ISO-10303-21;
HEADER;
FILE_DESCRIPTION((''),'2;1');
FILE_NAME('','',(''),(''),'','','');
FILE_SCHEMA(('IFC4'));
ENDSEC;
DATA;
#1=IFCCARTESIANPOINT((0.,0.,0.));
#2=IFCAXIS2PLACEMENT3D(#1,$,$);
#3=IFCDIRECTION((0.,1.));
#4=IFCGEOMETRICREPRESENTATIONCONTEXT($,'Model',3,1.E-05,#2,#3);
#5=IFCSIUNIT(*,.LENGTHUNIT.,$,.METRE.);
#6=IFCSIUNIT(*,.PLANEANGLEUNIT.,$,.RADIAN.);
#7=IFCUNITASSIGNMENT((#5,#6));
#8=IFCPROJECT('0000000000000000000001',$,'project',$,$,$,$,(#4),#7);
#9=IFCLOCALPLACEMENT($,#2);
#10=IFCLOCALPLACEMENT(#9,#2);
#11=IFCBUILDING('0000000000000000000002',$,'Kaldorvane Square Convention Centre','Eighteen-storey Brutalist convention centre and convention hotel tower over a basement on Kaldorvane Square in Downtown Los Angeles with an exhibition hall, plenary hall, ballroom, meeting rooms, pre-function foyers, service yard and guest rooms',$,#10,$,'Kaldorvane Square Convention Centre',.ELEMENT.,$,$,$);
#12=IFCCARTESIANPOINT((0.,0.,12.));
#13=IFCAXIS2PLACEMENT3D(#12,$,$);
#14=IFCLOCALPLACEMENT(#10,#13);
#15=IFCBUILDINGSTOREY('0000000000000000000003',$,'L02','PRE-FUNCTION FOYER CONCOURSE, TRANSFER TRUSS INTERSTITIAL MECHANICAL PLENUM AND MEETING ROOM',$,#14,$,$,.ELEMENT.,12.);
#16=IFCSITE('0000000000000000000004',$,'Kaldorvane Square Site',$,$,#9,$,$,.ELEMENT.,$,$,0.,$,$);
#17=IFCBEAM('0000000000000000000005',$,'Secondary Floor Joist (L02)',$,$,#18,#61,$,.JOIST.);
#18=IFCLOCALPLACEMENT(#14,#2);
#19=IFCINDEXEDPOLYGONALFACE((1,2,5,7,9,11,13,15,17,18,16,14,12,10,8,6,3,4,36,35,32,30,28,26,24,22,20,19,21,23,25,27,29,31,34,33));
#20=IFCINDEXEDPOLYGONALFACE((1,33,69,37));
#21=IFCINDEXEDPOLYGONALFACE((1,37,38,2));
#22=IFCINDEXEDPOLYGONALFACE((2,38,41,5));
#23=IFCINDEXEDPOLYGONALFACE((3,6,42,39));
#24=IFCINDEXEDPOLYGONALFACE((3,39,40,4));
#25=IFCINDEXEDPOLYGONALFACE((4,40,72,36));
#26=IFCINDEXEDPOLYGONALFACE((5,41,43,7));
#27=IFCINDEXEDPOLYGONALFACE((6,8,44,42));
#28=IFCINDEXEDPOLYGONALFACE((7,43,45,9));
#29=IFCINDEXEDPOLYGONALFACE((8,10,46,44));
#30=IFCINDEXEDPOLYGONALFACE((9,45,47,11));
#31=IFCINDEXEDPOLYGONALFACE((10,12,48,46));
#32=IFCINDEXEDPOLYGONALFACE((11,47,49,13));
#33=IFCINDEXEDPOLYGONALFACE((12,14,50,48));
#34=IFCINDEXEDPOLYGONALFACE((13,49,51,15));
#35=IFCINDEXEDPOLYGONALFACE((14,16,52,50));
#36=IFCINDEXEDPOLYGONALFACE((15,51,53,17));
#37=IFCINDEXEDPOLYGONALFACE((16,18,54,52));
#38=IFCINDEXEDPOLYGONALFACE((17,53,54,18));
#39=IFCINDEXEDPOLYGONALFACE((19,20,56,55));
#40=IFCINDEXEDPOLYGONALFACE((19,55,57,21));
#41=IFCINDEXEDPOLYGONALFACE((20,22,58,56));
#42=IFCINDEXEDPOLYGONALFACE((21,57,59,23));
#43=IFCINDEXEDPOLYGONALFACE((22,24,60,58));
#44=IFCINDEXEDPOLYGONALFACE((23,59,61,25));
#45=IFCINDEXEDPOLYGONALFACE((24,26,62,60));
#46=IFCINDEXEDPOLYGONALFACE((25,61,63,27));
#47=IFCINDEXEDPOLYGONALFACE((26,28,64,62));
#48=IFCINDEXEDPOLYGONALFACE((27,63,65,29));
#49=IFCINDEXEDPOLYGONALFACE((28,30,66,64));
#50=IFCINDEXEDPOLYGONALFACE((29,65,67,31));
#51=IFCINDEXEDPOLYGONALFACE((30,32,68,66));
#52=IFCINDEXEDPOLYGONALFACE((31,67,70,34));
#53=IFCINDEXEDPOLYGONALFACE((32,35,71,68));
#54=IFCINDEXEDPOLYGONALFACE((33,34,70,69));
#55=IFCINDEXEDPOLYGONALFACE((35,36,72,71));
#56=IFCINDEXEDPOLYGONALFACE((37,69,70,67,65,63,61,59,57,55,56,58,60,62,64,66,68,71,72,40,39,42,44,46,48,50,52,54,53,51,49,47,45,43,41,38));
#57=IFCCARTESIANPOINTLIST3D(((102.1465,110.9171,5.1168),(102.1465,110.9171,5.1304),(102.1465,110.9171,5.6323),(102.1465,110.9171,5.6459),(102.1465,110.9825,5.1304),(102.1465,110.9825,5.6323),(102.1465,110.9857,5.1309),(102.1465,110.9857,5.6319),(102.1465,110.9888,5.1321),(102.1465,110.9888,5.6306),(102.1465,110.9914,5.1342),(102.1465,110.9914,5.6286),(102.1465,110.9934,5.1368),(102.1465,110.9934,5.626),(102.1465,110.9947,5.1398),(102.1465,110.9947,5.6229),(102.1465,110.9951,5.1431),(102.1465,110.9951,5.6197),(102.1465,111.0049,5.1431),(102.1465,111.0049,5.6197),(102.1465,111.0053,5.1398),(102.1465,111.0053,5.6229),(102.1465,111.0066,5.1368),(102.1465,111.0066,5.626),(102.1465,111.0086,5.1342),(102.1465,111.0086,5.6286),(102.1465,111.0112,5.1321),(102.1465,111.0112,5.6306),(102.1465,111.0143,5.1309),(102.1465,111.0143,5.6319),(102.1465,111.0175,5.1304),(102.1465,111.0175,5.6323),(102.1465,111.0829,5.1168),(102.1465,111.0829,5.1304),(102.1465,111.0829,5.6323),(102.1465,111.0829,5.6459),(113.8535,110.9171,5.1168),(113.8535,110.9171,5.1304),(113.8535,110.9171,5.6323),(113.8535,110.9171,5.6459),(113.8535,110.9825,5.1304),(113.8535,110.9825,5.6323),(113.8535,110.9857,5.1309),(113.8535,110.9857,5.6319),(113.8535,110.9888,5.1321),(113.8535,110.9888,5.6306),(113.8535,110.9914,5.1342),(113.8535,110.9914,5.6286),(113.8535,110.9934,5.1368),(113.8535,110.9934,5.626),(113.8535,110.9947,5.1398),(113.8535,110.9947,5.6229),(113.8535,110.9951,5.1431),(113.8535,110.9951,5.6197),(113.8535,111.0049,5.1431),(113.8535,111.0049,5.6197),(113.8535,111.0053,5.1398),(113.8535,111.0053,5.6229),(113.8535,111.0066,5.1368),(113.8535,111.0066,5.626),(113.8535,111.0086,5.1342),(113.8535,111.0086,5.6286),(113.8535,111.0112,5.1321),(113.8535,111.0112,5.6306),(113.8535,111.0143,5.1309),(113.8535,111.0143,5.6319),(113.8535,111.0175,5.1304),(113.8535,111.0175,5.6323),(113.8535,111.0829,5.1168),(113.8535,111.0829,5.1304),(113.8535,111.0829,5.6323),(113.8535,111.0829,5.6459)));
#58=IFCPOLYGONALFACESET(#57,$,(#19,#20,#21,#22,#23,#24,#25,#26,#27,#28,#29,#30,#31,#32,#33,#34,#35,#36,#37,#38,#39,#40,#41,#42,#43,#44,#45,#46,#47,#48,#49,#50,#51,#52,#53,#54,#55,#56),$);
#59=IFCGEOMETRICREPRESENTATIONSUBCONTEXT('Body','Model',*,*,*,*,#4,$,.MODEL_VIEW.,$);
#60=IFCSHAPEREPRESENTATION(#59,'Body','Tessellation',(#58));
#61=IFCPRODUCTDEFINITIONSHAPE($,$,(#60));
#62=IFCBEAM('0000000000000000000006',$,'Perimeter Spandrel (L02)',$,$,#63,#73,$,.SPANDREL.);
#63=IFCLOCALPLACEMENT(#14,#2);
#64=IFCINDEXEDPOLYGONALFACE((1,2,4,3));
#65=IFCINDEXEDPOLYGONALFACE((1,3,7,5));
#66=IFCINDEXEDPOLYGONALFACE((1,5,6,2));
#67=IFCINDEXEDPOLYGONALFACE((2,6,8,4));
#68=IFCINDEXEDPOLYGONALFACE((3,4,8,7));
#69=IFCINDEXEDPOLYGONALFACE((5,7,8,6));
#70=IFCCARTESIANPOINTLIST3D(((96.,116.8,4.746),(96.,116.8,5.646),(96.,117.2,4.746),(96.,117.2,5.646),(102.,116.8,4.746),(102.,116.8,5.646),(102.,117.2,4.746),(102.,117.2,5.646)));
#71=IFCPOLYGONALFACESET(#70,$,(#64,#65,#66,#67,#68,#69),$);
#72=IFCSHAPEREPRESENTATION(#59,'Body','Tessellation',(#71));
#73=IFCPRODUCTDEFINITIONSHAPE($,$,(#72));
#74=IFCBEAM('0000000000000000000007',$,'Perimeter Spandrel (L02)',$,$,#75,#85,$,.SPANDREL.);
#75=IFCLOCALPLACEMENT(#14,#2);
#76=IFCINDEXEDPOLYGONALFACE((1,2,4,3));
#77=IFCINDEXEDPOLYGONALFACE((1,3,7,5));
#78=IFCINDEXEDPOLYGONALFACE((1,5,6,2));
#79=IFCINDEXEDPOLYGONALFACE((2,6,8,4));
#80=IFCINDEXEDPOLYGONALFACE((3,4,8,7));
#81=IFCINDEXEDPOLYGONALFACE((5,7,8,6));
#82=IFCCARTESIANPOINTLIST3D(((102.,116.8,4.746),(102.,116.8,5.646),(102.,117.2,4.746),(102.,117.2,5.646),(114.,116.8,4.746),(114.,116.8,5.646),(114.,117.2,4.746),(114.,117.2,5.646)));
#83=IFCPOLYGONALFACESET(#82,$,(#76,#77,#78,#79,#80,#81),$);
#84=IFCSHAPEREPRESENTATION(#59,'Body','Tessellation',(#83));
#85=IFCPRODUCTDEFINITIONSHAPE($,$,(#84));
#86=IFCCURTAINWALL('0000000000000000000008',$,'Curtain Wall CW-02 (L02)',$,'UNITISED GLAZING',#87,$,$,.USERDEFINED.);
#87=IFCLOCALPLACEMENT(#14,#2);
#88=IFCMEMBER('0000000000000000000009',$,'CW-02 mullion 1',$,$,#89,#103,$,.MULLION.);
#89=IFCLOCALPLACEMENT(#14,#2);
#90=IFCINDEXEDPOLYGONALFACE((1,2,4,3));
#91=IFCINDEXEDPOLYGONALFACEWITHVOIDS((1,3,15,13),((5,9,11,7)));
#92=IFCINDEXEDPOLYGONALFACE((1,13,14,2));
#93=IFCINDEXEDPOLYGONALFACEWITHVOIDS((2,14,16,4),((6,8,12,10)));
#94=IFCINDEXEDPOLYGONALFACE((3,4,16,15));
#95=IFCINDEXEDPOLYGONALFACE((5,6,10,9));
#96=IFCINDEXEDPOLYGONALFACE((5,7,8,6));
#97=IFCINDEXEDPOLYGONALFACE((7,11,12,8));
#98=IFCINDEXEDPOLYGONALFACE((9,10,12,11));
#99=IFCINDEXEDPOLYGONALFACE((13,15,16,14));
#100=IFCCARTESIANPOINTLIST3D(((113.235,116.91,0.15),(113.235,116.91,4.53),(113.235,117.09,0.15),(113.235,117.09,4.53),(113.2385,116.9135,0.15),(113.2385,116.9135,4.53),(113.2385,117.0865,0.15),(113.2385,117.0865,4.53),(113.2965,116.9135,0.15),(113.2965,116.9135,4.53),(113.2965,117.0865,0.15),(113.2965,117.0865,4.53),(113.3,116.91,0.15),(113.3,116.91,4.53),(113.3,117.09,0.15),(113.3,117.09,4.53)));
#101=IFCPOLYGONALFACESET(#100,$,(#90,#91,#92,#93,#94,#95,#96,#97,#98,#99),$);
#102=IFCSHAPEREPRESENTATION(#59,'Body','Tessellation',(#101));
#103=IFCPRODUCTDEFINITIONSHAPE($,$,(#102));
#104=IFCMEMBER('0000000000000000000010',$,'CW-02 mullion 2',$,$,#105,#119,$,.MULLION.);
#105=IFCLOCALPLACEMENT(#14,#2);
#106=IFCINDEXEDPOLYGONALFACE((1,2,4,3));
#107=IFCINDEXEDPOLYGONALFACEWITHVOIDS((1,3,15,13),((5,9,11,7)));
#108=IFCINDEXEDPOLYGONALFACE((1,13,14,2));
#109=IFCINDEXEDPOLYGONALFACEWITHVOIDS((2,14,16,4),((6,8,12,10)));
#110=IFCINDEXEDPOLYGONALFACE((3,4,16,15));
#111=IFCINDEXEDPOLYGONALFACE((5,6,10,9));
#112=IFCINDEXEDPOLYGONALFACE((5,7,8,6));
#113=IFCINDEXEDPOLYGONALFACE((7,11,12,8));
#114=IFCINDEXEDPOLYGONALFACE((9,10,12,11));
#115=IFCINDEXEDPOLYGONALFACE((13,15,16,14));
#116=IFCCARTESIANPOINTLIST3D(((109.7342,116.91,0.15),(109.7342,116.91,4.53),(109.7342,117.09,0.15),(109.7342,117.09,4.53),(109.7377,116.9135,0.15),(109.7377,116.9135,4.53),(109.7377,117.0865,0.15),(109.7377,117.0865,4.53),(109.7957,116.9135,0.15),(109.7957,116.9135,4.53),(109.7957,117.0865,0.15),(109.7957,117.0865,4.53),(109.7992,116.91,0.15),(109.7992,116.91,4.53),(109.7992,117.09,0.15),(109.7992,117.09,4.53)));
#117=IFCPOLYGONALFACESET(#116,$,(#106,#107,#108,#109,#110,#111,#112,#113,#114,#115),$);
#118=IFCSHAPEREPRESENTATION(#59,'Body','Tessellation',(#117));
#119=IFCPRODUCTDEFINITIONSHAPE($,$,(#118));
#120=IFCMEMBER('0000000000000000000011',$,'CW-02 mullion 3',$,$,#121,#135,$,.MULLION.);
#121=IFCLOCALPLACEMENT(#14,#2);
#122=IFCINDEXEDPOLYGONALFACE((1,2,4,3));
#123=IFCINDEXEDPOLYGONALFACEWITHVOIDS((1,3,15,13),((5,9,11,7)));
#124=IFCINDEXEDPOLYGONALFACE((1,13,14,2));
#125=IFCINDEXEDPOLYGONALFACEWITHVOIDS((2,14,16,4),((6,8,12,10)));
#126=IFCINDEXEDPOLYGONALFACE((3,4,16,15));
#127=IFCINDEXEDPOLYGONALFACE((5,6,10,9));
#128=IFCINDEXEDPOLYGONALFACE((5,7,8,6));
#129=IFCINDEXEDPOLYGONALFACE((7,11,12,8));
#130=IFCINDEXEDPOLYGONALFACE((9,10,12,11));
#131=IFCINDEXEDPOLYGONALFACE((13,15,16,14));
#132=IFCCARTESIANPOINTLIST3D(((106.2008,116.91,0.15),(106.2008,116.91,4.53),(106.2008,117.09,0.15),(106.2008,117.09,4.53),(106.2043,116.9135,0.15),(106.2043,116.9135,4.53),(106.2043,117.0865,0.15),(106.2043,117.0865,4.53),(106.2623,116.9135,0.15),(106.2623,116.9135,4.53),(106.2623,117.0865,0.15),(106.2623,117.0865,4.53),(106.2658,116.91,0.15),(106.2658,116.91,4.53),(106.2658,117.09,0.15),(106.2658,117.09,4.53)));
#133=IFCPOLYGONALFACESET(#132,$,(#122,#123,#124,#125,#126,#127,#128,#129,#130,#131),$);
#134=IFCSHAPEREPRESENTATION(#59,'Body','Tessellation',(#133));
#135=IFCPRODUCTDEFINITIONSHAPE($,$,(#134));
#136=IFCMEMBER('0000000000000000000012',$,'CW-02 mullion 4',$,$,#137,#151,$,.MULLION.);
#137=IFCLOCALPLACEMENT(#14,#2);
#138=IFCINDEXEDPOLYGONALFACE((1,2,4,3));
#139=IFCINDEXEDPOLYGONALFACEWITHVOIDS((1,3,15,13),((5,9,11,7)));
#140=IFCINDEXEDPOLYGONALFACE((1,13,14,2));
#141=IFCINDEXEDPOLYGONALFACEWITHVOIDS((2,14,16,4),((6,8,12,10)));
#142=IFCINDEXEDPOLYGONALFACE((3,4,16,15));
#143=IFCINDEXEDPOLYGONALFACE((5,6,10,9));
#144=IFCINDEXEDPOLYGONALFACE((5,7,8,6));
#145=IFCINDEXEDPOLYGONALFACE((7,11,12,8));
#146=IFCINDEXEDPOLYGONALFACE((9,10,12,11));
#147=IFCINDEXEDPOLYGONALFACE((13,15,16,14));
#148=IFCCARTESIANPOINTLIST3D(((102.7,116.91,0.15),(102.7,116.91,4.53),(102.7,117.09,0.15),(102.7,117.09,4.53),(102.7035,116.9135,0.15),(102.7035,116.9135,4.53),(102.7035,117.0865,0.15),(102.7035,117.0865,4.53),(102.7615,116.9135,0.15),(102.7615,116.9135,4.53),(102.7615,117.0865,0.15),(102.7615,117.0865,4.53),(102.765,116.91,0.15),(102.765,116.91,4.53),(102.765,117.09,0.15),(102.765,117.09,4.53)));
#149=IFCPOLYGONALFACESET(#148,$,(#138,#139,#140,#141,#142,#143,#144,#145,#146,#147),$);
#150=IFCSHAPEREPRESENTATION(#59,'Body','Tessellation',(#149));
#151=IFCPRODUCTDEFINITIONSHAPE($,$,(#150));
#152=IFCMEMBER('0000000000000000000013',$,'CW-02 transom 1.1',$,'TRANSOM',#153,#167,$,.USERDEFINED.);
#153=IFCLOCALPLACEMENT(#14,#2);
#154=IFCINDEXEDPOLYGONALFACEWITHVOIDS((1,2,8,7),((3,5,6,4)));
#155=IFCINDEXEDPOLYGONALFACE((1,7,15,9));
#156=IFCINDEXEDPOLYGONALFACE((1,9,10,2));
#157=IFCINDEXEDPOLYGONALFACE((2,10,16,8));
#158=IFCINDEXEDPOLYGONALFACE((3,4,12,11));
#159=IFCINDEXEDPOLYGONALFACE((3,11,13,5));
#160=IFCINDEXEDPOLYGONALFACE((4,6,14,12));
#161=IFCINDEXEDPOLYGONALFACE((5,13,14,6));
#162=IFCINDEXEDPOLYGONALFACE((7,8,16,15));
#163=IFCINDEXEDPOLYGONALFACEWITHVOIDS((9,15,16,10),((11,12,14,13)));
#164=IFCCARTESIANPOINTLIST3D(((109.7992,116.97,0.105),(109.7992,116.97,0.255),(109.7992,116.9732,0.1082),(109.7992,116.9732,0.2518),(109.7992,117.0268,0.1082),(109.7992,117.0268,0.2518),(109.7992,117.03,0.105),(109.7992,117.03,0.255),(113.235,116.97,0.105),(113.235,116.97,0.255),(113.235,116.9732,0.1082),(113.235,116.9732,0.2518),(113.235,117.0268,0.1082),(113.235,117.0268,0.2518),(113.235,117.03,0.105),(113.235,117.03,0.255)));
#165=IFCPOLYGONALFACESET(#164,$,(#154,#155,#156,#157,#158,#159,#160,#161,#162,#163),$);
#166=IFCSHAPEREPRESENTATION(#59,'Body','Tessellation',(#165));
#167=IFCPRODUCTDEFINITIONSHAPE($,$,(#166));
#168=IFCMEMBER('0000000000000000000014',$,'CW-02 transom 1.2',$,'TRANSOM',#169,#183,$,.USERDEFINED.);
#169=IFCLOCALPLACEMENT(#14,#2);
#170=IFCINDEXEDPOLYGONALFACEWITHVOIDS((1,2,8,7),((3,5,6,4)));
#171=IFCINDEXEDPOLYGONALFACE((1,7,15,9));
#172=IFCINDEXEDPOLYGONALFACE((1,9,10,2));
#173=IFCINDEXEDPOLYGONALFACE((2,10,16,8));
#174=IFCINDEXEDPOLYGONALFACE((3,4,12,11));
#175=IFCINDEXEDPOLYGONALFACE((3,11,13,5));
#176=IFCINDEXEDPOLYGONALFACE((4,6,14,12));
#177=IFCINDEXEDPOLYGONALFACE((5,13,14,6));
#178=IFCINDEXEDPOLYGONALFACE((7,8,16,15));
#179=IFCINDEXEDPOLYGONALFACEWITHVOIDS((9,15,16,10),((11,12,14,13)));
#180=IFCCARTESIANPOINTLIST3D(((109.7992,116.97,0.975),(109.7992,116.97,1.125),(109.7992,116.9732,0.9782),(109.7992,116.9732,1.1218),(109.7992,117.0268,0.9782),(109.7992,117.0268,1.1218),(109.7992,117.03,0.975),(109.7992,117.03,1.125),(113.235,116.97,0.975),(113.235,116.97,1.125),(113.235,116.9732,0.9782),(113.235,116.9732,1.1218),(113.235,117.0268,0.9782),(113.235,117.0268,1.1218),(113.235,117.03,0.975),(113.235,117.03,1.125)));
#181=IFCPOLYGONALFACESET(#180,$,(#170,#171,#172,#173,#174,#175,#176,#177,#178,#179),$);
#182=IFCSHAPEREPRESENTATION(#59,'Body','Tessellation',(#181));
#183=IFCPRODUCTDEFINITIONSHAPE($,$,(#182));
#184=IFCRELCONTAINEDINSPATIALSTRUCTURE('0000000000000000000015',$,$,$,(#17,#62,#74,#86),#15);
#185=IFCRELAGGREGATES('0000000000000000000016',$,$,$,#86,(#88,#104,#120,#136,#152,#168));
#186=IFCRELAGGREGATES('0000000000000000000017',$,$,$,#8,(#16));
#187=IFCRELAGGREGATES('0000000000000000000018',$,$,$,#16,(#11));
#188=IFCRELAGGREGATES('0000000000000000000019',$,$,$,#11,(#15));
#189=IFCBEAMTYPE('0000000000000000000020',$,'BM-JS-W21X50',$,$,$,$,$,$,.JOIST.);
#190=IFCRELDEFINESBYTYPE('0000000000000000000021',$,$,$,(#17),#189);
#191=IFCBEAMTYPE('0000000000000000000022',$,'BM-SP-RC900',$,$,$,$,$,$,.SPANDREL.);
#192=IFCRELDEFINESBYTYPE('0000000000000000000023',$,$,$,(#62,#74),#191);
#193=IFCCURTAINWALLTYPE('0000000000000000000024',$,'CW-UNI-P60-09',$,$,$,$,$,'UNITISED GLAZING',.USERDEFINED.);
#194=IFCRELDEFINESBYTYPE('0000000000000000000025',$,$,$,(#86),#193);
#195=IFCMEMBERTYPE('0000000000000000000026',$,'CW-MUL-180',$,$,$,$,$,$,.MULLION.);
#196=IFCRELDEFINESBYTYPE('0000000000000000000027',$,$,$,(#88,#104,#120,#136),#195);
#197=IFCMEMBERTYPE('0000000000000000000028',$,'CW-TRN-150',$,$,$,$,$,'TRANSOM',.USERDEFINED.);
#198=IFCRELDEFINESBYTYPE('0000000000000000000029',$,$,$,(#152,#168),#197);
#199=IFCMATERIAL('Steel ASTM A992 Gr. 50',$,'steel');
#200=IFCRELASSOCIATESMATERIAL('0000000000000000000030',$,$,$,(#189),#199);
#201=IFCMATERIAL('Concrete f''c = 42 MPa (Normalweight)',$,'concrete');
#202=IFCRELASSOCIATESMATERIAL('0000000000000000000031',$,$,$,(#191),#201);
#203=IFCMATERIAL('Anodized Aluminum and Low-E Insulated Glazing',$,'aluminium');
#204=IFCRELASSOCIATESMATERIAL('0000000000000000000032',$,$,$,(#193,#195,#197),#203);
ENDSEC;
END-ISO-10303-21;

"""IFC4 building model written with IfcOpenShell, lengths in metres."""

from ifc_helpers import new_model, si_unit, direction, frame, origin, origin_2d, place, context, subcontext, project, spatial, rectangle, hollow_rectangle, i_section, extrude, material, material_profile, profile_set, type_object, element, aggregate, save


model = new_model("IFC4")

# Units and contexts
model_context = context("Model", 3, precision=1e-05, world=origin(), true_north=direction((0.0, 1.0)))
body_context = subcontext(model_context, "Body", "Model", "MODEL_VIEW")
ifc_project = project(units=[si_unit("LENGTHUNIT", "METRE"), si_unit("PLANEANGLEUNIT", "RADIAN")], contexts=[model_context])

# Site, building, storey
site_placement = place(None, origin())
site = spatial("IfcSite", under=ifc_project, at=site_placement, Name="Kaldorvane Square Site", CompositionType="ELEMENT", RefElevation=0.0)
building_placement = place(site_placement, origin())
building = spatial("IfcBuilding", under=site, at=building_placement, Name="Kaldorvane Square Convention Centre", Description="Eighteen-storey Brutalist convention centre and convention hotel tower over a basement on Kaldorvane Square in Downtown Los Angeles with an exhibition hall, plenary hall, ballroom, meeting rooms, pre-function foyers, service yard and guest rooms", LongName="Kaldorvane Square Convention Centre", CompositionType="ELEMENT")
storey_placement = place(building_placement, frame((0.0, 0.0, 12.0)))
storey = spatial("IfcBuildingStorey", under=building, at=storey_placement, Name="L02", Description="PRE-FUNCTION FOYER CONCOURSE, TRANSFER TRUSS INTERSTITIAL MECHANICAL PLENUM AND MEETING ROOM", CompositionType="ELEMENT", Elevation=12.0)

# Shared definitions
ifc_material_1 = material(Name="Steel ASTM A992 Gr. 50", Category="steel")

# Beams
ifc_material_profile_1 = material_profile(ifc_material_1, i_section(OverallWidth=0.1659, OverallDepth=0.5291, WebThickness=0.0097, FlangeThickness=0.0136, FilletRadius=0.0127, at=origin_2d()), Name="W21X50")
ifc_profile_set_1 = profile_set([ifc_material_profile_1], Name="Steel ASTM A992 Gr. 50")
beam_type_1 = type_object("IfcBeamType", Name="BM-JS-W21X50", PredefinedType="JOIST", material=ifc_profile_set_1)
beam_1_placement = place(storey_placement, frame((102.1465, 111.0, 5.3814), z_axis=(1.0, 0.0, 0.0), x_axis=(0.0, 1.0, 0.0)))
element("IfcBeam", 1, at=beam_1_placement, inside=storey, type_object=beam_type_1, Name="Secondary Floor Joist (L02)", PredefinedType="JOIST", context=body_context, shape_type="SweptSolid", body=[
    extrude(i_section(OverallWidth=0.1659, OverallDepth=0.5291, WebThickness=0.0097, FlangeThickness=0.0136, FilletRadius=0.0127, at=origin_2d()), origin(), (0.0, 0.0, 1.0), 11.707),
])
ifc_material_2 = material(Name="Concrete f'c = 42 MPa (Normalweight)", Category="concrete")
ifc_material_profile_2 = material_profile(ifc_material_2, rectangle(XDim=0.4, YDim=0.9, at=origin_2d()), Name="RCSP900X400")
ifc_profile_set_2 = profile_set([ifc_material_profile_2], Name="Concrete f'c = 42 MPa (Normalweight)")
beam_type_2 = type_object("IfcBeamType", Name="BM-SP-RC900", PredefinedType="SPANDREL", material=ifc_profile_set_2)
beam_2_placement = place(storey_placement, frame((96.0, 117.0, 5.196), z_axis=(1.0, 0.0, 0.0), x_axis=(0.0, 1.0, 0.0)))
element("IfcBeam", 2, at=beam_2_placement, inside=storey, type_object=beam_type_2, Name="Perimeter Spandrel (L02)", PredefinedType="SPANDREL", context=body_context, shape_type="SweptSolid", body=[
    extrude(rectangle(XDim=0.4, YDim=0.9, at=origin_2d()), origin(), (0.0, 0.0, 1.0), 6.0),
])
beam_3_placement = place(storey_placement, frame((102.0, 117.0, 5.196), z_axis=(1.0, 0.0, 0.0), x_axis=(0.0, 1.0, 0.0)))
element("IfcBeam", 3, at=beam_3_placement, inside=storey, type_object=beam_type_2, Name="Perimeter Spandrel (L02)", PredefinedType="SPANDREL", context=body_context, shape_type="SweptSolid", body=[
    extrude(rectangle(XDim=0.4, YDim=0.9, at=origin_2d()), origin(), (0.0, 0.0, 1.0), 12.0),
])

# Curtain wall, members
ifc_material_3 = material(Name="Anodized Aluminum and Low-E Insulated Glazing", Category="aluminium")
curtain_wall_type = type_object("IfcCurtainWallType", Name="CW-UNI-P60-09", ElementType="UNITISED GLAZING", PredefinedType="USERDEFINED", material=ifc_material_3)
curtain_wall_placement = place(storey_placement, origin())
curtain_wall = element("IfcCurtainWall", 4, at=curtain_wall_placement, inside=storey, type_object=curtain_wall_type, Name="Curtain Wall CW-02 (L02)", ObjectType="UNITISED GLAZING", PredefinedType="USERDEFINED")
ifc_material_profile_3 = material_profile(ifc_material_3, hollow_rectangle(XDim=0.065, YDim=0.18, WallThickness=0.0035, at=origin_2d()), Name="CWM-180X65")
ifc_profile_set_3 = profile_set([ifc_material_profile_3], Name="Anodized Aluminum and Low-E Insulated Glazing")
member_type_1 = type_object("IfcMemberType", Name="CW-MUL-180", PredefinedType="MULLION", material=ifc_profile_set_3)
member_1_placement = place(storey_placement, frame((113.2675, 117.0, 0.15), z_axis=(0.0, 0.0, 1.0), x_axis=(-1.0, 0.0, 0.0)))
member_1 = element("IfcMember", 5, at=member_1_placement, type_object=member_type_1, Name="CW-02 mullion 1", PredefinedType="MULLION", context=body_context, shape_type="SweptSolid", body=[
    extrude(hollow_rectangle(XDim=0.065, YDim=0.18, WallThickness=0.0035, at=origin_2d()), origin(), (0.0, 0.0, 1.0), 4.38),
])
member_2_placement = place(storey_placement, frame((109.7667, 117.0, 0.15), z_axis=(0.0, 0.0, 1.0), x_axis=(-1.0, 0.0, 0.0)))
member_2 = element("IfcMember", 6, at=member_2_placement, type_object=member_type_1, Name="CW-02 mullion 2", PredefinedType="MULLION", context=body_context, shape_type="SweptSolid", body=[
    extrude(hollow_rectangle(XDim=0.065, YDim=0.18, WallThickness=0.0035, at=origin_2d()), origin(), (0.0, 0.0, 1.0), 4.38),
])
member_3_placement = place(storey_placement, frame((106.2333, 117.0, 0.15), z_axis=(0.0, 0.0, 1.0), x_axis=(-1.0, 0.0, 0.0)))
member_3 = element("IfcMember", 7, at=member_3_placement, type_object=member_type_1, Name="CW-02 mullion 3", PredefinedType="MULLION", context=body_context, shape_type="SweptSolid", body=[
    extrude(hollow_rectangle(XDim=0.065, YDim=0.18, WallThickness=0.0035, at=origin_2d()), origin(), (0.0, 0.0, 1.0), 4.38),
])
member_4_placement = place(storey_placement, frame((102.7325, 117.0, 0.15), z_axis=(0.0, 0.0, 1.0), x_axis=(-1.0, 0.0, 0.0)))
member_4 = element("IfcMember", 8, at=member_4_placement, type_object=member_type_1, Name="CW-02 mullion 4", PredefinedType="MULLION", context=body_context, shape_type="SweptSolid", body=[
    extrude(hollow_rectangle(XDim=0.065, YDim=0.18, WallThickness=0.0035, at=origin_2d()), origin(), (0.0, 0.0, 1.0), 4.38),
])
ifc_material_profile_4 = material_profile(ifc_material_3, hollow_rectangle(XDim=0.06, YDim=0.15, WallThickness=0.0032, at=origin_2d()), Name="CWT-150X60")
ifc_profile_set_4 = profile_set([ifc_material_profile_4], Name="Anodized Aluminum and Low-E Insulated Glazing")
member_type_2 = type_object("IfcMemberType", Name="CW-TRN-150", ElementType="TRANSOM", PredefinedType="USERDEFINED", material=ifc_profile_set_4)
member_5_placement = place(storey_placement, frame((113.235, 117.0, 0.18), z_axis=(-1.0, 0.0, 0.0), x_axis=(0.0, -1.0, 0.0)))
member_5 = element("IfcMember", 9, at=member_5_placement, type_object=member_type_2, Name="CW-02 transom 1.1", ObjectType="TRANSOM", PredefinedType="USERDEFINED", context=body_context, shape_type="SweptSolid", body=[
    extrude(hollow_rectangle(XDim=0.06, YDim=0.15, WallThickness=0.0032, at=origin_2d()), origin(), (0.0, 0.0, 1.0), 3.4358),
])
member_6_placement = place(storey_placement, frame((113.235, 117.0, 1.05), z_axis=(-1.0, 0.0, 0.0), x_axis=(0.0, -1.0, 0.0)))
member_6 = element("IfcMember", 10, at=member_6_placement, type_object=member_type_2, Name="CW-02 transom 1.2", ObjectType="TRANSOM", PredefinedType="USERDEFINED", context=body_context, shape_type="SweptSolid", body=[
    extrude(hollow_rectangle(XDim=0.06, YDim=0.15, WallThickness=0.0032, at=origin_2d()), origin(), (0.0, 0.0, 1.0), 3.4358),
])
aggregate(curtain_wall, [member_1, member_2, member_3, member_4, member_5, member_6])

save(model, "model.ifc")
